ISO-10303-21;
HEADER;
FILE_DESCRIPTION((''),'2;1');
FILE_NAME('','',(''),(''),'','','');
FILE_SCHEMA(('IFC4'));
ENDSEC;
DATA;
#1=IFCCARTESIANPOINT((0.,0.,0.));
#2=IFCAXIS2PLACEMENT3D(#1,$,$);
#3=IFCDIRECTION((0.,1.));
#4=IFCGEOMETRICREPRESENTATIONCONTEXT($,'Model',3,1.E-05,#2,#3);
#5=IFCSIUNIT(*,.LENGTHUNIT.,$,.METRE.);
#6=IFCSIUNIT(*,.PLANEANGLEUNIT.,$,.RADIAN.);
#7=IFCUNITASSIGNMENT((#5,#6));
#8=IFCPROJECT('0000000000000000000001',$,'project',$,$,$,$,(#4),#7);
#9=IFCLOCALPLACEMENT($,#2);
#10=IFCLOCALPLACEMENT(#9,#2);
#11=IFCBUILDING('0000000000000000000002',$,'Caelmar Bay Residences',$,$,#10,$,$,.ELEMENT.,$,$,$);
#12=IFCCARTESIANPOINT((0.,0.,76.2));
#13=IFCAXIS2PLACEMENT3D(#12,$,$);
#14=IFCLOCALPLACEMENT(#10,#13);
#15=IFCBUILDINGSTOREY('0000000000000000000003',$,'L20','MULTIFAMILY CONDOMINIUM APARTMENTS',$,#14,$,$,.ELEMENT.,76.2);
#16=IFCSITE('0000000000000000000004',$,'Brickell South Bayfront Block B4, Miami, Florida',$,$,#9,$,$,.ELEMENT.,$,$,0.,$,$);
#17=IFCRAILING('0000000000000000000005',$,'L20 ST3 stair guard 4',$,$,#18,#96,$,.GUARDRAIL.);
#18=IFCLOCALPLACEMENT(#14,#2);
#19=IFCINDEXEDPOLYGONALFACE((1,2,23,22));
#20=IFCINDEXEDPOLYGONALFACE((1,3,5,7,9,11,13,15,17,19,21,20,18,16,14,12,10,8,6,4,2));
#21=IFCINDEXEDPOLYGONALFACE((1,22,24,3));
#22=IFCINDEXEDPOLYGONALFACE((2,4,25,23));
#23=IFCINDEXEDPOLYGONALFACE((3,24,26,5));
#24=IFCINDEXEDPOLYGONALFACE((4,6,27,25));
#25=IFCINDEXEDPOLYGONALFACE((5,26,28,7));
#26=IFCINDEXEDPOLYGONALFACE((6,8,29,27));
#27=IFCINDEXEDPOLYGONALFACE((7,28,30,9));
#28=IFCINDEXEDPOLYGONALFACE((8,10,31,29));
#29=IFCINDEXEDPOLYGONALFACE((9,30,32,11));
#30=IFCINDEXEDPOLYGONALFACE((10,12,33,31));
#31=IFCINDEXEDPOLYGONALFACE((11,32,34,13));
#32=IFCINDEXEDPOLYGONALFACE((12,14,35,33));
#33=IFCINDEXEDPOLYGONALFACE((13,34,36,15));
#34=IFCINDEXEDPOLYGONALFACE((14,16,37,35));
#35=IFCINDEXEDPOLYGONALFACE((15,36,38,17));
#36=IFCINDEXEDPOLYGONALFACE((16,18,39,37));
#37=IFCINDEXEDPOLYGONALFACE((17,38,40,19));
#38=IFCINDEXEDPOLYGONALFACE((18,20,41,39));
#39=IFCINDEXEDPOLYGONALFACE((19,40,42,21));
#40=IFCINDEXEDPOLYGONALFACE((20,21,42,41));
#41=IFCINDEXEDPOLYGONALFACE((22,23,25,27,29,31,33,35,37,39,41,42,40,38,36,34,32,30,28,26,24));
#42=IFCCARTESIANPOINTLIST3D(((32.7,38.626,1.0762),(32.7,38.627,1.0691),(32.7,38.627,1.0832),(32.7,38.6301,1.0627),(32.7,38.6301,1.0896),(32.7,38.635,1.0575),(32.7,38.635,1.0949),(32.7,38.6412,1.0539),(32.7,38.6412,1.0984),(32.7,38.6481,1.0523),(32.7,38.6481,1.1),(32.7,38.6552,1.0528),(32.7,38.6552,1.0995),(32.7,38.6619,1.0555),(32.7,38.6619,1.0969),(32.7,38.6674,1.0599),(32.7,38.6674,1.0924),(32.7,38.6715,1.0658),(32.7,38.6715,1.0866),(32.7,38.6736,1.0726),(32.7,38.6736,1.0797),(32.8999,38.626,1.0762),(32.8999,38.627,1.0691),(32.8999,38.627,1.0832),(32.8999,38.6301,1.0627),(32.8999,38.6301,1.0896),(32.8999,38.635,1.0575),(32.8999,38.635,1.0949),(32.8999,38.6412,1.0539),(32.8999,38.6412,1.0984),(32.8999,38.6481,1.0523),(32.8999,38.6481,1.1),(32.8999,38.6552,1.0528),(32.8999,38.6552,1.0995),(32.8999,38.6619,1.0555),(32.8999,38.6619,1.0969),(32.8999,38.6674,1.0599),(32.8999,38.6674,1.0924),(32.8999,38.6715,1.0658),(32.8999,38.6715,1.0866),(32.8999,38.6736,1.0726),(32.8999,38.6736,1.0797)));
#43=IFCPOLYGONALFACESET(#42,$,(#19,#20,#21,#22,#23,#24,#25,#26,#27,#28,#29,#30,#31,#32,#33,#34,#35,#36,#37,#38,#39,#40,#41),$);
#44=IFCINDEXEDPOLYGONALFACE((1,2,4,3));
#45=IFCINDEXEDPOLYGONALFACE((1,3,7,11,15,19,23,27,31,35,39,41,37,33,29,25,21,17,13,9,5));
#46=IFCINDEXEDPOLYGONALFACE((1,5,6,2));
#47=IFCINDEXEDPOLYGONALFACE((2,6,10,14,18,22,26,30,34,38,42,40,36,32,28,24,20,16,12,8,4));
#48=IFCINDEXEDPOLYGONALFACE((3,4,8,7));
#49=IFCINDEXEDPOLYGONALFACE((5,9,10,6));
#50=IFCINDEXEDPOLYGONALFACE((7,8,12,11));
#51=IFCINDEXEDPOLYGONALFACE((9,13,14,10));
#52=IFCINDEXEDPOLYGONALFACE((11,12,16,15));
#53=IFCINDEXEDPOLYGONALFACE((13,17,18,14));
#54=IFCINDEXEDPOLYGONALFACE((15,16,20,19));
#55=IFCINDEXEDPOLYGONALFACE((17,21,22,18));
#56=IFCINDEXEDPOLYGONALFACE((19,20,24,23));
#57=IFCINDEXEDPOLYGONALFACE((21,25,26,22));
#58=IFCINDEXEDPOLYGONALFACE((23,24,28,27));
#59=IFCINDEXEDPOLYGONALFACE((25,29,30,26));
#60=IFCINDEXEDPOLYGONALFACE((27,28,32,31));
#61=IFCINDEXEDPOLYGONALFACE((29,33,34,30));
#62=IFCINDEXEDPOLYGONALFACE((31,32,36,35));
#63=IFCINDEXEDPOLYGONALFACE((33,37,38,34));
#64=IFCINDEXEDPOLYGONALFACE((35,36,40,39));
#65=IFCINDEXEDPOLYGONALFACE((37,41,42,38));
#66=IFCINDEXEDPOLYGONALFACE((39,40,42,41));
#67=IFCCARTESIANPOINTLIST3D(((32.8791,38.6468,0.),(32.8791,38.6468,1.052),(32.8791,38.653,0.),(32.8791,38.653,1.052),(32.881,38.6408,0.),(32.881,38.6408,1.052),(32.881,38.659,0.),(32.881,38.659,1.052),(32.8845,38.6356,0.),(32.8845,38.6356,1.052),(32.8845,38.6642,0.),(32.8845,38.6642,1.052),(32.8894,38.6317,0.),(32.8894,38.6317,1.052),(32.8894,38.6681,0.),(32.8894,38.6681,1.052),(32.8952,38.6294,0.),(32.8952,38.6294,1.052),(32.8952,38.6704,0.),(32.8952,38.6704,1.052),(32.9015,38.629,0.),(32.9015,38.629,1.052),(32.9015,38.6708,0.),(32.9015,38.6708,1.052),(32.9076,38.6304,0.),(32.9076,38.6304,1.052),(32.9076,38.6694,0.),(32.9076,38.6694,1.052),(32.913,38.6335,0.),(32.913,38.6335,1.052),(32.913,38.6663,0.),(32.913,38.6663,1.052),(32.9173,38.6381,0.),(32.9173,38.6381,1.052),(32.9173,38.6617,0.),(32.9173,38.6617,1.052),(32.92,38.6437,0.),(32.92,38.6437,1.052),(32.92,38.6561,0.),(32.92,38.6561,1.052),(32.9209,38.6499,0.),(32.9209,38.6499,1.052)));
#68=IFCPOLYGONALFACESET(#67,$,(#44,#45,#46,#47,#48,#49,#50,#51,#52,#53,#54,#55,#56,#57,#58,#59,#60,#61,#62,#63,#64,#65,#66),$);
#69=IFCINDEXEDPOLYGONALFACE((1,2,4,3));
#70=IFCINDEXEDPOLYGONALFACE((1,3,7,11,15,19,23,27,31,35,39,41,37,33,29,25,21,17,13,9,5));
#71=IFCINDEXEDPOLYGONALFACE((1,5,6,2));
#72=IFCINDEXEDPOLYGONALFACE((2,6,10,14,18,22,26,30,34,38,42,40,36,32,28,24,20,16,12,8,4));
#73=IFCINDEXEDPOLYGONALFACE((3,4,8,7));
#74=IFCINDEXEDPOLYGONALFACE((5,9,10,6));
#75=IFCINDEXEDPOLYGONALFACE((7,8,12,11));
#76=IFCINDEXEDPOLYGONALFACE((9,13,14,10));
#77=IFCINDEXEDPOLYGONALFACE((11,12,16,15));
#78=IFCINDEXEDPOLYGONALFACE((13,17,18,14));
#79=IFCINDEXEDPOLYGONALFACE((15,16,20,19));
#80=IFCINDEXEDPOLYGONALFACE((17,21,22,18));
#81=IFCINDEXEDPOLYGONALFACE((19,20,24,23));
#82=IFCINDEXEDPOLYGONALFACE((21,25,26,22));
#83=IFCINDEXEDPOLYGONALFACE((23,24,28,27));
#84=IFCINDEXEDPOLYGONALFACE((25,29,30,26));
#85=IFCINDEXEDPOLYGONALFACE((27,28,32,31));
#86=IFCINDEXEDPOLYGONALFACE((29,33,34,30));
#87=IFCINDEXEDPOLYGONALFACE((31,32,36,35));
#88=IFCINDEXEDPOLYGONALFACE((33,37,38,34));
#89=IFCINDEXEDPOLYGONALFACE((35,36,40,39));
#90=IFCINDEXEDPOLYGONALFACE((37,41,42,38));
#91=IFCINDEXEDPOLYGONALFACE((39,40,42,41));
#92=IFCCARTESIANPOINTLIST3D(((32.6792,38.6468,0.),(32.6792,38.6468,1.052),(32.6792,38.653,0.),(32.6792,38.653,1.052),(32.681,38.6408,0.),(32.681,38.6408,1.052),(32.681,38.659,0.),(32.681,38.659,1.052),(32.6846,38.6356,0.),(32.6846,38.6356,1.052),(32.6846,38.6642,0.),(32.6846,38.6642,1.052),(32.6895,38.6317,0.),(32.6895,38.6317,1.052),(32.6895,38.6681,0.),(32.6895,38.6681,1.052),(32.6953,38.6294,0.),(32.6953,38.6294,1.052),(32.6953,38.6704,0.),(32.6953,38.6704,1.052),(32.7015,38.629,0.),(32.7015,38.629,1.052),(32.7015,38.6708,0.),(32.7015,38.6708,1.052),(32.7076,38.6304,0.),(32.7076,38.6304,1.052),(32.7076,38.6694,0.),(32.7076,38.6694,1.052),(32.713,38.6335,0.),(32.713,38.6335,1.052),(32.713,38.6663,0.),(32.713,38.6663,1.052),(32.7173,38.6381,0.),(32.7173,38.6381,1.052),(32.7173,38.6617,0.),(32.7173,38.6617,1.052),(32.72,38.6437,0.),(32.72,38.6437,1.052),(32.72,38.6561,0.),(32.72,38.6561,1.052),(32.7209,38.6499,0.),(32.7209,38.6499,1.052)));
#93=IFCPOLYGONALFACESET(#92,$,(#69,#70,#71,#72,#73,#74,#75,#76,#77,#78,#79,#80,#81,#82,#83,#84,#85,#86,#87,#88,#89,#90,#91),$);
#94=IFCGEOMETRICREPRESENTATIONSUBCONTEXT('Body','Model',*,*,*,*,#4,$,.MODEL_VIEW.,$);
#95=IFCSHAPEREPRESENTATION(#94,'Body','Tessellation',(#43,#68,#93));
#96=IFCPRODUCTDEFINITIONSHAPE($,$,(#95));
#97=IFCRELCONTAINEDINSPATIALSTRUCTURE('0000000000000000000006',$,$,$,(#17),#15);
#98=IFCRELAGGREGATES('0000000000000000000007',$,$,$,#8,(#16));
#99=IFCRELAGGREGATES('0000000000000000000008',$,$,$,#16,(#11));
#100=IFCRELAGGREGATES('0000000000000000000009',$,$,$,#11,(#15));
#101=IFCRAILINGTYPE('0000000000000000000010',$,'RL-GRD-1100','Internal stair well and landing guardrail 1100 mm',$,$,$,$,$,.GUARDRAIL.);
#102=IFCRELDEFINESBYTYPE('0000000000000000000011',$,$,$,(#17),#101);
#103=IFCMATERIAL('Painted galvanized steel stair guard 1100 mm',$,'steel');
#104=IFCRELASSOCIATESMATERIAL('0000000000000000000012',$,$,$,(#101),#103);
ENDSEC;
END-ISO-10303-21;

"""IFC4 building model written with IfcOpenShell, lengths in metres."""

from ifc_helpers import new_model, si_unit, direction, frame, origin, origin_2d, place, context, subcontext, project, spatial, circle, extrude, material, type_object, element, save


model = new_model("IFC4")

# Units and contexts
model_context = context("Model", 3, precision=1e-05, world=origin(), true_north=direction((0.0, 1.0)))
body_context = subcontext(model_context, "Body", "Model", "MODEL_VIEW")
ifc_project = project(units=[si_unit("LENGTHUNIT", "METRE"), si_unit("PLANEANGLEUNIT", "RADIAN")], contexts=[model_context])

# Site, building, storey
site_placement = place(None, origin())
site = spatial("IfcSite", under=ifc_project, at=site_placement, Name="Brickell South Bayfront Block B4, Miami, Florida", CompositionType="ELEMENT", RefElevation=0.0)
building_placement = place(site_placement, origin())
building = spatial("IfcBuilding", under=site, at=building_placement, Name="Caelmar Bay Residences", CompositionType="ELEMENT")
storey_placement = place(building_placement, frame((0.0, 0.0, 76.2)))
storey = spatial("IfcBuildingStorey", under=building, at=storey_placement, Name="L20", Description="MULTIFAMILY CONDOMINIUM APARTMENTS", CompositionType="ELEMENT", Elevation=76.2)

# Railing
ifc_material_1 = material(Name="Painted galvanized steel stair guard 1100 mm", Category="steel")
railing_type_1 = type_object("IfcRailingType", Name="RL-GRD-1100", Description="Internal stair well and landing guardrail 1100 mm", PredefinedType="GUARDRAIL", material=ifc_material_1)
railing_1_placement = place(storey_placement, frame((32.8999, 38.6499, 0.0)))
element("IfcRailing", 1, at=railing_1_placement, inside=storey, type_object=railing_type_1, Name="L20 ST3 stair guard 4", PredefinedType="GUARDRAIL", context=body_context, shape_type="SweptSolid", body=[
    extrude(circle(Radius=0.0239, at=origin_2d()), frame((0.0, 0.0, 1.0762), z_axis=(-1.0, 0.0, 0.0), x_axis=(0.0, -1.0, 0.0)), (0.0, 0.0, 1.0), 0.2),
    extrude(circle(Radius=0.021, at=origin_2d()), origin(), (0.0, 0.0, 1.0), 1.052),
    extrude(circle(Radius=0.021, at=origin_2d()), frame((-0.2, 0.0, 0.0)), (0.0, 0.0, 1.0), 1.052),
])

save(model, "model.ifc")
